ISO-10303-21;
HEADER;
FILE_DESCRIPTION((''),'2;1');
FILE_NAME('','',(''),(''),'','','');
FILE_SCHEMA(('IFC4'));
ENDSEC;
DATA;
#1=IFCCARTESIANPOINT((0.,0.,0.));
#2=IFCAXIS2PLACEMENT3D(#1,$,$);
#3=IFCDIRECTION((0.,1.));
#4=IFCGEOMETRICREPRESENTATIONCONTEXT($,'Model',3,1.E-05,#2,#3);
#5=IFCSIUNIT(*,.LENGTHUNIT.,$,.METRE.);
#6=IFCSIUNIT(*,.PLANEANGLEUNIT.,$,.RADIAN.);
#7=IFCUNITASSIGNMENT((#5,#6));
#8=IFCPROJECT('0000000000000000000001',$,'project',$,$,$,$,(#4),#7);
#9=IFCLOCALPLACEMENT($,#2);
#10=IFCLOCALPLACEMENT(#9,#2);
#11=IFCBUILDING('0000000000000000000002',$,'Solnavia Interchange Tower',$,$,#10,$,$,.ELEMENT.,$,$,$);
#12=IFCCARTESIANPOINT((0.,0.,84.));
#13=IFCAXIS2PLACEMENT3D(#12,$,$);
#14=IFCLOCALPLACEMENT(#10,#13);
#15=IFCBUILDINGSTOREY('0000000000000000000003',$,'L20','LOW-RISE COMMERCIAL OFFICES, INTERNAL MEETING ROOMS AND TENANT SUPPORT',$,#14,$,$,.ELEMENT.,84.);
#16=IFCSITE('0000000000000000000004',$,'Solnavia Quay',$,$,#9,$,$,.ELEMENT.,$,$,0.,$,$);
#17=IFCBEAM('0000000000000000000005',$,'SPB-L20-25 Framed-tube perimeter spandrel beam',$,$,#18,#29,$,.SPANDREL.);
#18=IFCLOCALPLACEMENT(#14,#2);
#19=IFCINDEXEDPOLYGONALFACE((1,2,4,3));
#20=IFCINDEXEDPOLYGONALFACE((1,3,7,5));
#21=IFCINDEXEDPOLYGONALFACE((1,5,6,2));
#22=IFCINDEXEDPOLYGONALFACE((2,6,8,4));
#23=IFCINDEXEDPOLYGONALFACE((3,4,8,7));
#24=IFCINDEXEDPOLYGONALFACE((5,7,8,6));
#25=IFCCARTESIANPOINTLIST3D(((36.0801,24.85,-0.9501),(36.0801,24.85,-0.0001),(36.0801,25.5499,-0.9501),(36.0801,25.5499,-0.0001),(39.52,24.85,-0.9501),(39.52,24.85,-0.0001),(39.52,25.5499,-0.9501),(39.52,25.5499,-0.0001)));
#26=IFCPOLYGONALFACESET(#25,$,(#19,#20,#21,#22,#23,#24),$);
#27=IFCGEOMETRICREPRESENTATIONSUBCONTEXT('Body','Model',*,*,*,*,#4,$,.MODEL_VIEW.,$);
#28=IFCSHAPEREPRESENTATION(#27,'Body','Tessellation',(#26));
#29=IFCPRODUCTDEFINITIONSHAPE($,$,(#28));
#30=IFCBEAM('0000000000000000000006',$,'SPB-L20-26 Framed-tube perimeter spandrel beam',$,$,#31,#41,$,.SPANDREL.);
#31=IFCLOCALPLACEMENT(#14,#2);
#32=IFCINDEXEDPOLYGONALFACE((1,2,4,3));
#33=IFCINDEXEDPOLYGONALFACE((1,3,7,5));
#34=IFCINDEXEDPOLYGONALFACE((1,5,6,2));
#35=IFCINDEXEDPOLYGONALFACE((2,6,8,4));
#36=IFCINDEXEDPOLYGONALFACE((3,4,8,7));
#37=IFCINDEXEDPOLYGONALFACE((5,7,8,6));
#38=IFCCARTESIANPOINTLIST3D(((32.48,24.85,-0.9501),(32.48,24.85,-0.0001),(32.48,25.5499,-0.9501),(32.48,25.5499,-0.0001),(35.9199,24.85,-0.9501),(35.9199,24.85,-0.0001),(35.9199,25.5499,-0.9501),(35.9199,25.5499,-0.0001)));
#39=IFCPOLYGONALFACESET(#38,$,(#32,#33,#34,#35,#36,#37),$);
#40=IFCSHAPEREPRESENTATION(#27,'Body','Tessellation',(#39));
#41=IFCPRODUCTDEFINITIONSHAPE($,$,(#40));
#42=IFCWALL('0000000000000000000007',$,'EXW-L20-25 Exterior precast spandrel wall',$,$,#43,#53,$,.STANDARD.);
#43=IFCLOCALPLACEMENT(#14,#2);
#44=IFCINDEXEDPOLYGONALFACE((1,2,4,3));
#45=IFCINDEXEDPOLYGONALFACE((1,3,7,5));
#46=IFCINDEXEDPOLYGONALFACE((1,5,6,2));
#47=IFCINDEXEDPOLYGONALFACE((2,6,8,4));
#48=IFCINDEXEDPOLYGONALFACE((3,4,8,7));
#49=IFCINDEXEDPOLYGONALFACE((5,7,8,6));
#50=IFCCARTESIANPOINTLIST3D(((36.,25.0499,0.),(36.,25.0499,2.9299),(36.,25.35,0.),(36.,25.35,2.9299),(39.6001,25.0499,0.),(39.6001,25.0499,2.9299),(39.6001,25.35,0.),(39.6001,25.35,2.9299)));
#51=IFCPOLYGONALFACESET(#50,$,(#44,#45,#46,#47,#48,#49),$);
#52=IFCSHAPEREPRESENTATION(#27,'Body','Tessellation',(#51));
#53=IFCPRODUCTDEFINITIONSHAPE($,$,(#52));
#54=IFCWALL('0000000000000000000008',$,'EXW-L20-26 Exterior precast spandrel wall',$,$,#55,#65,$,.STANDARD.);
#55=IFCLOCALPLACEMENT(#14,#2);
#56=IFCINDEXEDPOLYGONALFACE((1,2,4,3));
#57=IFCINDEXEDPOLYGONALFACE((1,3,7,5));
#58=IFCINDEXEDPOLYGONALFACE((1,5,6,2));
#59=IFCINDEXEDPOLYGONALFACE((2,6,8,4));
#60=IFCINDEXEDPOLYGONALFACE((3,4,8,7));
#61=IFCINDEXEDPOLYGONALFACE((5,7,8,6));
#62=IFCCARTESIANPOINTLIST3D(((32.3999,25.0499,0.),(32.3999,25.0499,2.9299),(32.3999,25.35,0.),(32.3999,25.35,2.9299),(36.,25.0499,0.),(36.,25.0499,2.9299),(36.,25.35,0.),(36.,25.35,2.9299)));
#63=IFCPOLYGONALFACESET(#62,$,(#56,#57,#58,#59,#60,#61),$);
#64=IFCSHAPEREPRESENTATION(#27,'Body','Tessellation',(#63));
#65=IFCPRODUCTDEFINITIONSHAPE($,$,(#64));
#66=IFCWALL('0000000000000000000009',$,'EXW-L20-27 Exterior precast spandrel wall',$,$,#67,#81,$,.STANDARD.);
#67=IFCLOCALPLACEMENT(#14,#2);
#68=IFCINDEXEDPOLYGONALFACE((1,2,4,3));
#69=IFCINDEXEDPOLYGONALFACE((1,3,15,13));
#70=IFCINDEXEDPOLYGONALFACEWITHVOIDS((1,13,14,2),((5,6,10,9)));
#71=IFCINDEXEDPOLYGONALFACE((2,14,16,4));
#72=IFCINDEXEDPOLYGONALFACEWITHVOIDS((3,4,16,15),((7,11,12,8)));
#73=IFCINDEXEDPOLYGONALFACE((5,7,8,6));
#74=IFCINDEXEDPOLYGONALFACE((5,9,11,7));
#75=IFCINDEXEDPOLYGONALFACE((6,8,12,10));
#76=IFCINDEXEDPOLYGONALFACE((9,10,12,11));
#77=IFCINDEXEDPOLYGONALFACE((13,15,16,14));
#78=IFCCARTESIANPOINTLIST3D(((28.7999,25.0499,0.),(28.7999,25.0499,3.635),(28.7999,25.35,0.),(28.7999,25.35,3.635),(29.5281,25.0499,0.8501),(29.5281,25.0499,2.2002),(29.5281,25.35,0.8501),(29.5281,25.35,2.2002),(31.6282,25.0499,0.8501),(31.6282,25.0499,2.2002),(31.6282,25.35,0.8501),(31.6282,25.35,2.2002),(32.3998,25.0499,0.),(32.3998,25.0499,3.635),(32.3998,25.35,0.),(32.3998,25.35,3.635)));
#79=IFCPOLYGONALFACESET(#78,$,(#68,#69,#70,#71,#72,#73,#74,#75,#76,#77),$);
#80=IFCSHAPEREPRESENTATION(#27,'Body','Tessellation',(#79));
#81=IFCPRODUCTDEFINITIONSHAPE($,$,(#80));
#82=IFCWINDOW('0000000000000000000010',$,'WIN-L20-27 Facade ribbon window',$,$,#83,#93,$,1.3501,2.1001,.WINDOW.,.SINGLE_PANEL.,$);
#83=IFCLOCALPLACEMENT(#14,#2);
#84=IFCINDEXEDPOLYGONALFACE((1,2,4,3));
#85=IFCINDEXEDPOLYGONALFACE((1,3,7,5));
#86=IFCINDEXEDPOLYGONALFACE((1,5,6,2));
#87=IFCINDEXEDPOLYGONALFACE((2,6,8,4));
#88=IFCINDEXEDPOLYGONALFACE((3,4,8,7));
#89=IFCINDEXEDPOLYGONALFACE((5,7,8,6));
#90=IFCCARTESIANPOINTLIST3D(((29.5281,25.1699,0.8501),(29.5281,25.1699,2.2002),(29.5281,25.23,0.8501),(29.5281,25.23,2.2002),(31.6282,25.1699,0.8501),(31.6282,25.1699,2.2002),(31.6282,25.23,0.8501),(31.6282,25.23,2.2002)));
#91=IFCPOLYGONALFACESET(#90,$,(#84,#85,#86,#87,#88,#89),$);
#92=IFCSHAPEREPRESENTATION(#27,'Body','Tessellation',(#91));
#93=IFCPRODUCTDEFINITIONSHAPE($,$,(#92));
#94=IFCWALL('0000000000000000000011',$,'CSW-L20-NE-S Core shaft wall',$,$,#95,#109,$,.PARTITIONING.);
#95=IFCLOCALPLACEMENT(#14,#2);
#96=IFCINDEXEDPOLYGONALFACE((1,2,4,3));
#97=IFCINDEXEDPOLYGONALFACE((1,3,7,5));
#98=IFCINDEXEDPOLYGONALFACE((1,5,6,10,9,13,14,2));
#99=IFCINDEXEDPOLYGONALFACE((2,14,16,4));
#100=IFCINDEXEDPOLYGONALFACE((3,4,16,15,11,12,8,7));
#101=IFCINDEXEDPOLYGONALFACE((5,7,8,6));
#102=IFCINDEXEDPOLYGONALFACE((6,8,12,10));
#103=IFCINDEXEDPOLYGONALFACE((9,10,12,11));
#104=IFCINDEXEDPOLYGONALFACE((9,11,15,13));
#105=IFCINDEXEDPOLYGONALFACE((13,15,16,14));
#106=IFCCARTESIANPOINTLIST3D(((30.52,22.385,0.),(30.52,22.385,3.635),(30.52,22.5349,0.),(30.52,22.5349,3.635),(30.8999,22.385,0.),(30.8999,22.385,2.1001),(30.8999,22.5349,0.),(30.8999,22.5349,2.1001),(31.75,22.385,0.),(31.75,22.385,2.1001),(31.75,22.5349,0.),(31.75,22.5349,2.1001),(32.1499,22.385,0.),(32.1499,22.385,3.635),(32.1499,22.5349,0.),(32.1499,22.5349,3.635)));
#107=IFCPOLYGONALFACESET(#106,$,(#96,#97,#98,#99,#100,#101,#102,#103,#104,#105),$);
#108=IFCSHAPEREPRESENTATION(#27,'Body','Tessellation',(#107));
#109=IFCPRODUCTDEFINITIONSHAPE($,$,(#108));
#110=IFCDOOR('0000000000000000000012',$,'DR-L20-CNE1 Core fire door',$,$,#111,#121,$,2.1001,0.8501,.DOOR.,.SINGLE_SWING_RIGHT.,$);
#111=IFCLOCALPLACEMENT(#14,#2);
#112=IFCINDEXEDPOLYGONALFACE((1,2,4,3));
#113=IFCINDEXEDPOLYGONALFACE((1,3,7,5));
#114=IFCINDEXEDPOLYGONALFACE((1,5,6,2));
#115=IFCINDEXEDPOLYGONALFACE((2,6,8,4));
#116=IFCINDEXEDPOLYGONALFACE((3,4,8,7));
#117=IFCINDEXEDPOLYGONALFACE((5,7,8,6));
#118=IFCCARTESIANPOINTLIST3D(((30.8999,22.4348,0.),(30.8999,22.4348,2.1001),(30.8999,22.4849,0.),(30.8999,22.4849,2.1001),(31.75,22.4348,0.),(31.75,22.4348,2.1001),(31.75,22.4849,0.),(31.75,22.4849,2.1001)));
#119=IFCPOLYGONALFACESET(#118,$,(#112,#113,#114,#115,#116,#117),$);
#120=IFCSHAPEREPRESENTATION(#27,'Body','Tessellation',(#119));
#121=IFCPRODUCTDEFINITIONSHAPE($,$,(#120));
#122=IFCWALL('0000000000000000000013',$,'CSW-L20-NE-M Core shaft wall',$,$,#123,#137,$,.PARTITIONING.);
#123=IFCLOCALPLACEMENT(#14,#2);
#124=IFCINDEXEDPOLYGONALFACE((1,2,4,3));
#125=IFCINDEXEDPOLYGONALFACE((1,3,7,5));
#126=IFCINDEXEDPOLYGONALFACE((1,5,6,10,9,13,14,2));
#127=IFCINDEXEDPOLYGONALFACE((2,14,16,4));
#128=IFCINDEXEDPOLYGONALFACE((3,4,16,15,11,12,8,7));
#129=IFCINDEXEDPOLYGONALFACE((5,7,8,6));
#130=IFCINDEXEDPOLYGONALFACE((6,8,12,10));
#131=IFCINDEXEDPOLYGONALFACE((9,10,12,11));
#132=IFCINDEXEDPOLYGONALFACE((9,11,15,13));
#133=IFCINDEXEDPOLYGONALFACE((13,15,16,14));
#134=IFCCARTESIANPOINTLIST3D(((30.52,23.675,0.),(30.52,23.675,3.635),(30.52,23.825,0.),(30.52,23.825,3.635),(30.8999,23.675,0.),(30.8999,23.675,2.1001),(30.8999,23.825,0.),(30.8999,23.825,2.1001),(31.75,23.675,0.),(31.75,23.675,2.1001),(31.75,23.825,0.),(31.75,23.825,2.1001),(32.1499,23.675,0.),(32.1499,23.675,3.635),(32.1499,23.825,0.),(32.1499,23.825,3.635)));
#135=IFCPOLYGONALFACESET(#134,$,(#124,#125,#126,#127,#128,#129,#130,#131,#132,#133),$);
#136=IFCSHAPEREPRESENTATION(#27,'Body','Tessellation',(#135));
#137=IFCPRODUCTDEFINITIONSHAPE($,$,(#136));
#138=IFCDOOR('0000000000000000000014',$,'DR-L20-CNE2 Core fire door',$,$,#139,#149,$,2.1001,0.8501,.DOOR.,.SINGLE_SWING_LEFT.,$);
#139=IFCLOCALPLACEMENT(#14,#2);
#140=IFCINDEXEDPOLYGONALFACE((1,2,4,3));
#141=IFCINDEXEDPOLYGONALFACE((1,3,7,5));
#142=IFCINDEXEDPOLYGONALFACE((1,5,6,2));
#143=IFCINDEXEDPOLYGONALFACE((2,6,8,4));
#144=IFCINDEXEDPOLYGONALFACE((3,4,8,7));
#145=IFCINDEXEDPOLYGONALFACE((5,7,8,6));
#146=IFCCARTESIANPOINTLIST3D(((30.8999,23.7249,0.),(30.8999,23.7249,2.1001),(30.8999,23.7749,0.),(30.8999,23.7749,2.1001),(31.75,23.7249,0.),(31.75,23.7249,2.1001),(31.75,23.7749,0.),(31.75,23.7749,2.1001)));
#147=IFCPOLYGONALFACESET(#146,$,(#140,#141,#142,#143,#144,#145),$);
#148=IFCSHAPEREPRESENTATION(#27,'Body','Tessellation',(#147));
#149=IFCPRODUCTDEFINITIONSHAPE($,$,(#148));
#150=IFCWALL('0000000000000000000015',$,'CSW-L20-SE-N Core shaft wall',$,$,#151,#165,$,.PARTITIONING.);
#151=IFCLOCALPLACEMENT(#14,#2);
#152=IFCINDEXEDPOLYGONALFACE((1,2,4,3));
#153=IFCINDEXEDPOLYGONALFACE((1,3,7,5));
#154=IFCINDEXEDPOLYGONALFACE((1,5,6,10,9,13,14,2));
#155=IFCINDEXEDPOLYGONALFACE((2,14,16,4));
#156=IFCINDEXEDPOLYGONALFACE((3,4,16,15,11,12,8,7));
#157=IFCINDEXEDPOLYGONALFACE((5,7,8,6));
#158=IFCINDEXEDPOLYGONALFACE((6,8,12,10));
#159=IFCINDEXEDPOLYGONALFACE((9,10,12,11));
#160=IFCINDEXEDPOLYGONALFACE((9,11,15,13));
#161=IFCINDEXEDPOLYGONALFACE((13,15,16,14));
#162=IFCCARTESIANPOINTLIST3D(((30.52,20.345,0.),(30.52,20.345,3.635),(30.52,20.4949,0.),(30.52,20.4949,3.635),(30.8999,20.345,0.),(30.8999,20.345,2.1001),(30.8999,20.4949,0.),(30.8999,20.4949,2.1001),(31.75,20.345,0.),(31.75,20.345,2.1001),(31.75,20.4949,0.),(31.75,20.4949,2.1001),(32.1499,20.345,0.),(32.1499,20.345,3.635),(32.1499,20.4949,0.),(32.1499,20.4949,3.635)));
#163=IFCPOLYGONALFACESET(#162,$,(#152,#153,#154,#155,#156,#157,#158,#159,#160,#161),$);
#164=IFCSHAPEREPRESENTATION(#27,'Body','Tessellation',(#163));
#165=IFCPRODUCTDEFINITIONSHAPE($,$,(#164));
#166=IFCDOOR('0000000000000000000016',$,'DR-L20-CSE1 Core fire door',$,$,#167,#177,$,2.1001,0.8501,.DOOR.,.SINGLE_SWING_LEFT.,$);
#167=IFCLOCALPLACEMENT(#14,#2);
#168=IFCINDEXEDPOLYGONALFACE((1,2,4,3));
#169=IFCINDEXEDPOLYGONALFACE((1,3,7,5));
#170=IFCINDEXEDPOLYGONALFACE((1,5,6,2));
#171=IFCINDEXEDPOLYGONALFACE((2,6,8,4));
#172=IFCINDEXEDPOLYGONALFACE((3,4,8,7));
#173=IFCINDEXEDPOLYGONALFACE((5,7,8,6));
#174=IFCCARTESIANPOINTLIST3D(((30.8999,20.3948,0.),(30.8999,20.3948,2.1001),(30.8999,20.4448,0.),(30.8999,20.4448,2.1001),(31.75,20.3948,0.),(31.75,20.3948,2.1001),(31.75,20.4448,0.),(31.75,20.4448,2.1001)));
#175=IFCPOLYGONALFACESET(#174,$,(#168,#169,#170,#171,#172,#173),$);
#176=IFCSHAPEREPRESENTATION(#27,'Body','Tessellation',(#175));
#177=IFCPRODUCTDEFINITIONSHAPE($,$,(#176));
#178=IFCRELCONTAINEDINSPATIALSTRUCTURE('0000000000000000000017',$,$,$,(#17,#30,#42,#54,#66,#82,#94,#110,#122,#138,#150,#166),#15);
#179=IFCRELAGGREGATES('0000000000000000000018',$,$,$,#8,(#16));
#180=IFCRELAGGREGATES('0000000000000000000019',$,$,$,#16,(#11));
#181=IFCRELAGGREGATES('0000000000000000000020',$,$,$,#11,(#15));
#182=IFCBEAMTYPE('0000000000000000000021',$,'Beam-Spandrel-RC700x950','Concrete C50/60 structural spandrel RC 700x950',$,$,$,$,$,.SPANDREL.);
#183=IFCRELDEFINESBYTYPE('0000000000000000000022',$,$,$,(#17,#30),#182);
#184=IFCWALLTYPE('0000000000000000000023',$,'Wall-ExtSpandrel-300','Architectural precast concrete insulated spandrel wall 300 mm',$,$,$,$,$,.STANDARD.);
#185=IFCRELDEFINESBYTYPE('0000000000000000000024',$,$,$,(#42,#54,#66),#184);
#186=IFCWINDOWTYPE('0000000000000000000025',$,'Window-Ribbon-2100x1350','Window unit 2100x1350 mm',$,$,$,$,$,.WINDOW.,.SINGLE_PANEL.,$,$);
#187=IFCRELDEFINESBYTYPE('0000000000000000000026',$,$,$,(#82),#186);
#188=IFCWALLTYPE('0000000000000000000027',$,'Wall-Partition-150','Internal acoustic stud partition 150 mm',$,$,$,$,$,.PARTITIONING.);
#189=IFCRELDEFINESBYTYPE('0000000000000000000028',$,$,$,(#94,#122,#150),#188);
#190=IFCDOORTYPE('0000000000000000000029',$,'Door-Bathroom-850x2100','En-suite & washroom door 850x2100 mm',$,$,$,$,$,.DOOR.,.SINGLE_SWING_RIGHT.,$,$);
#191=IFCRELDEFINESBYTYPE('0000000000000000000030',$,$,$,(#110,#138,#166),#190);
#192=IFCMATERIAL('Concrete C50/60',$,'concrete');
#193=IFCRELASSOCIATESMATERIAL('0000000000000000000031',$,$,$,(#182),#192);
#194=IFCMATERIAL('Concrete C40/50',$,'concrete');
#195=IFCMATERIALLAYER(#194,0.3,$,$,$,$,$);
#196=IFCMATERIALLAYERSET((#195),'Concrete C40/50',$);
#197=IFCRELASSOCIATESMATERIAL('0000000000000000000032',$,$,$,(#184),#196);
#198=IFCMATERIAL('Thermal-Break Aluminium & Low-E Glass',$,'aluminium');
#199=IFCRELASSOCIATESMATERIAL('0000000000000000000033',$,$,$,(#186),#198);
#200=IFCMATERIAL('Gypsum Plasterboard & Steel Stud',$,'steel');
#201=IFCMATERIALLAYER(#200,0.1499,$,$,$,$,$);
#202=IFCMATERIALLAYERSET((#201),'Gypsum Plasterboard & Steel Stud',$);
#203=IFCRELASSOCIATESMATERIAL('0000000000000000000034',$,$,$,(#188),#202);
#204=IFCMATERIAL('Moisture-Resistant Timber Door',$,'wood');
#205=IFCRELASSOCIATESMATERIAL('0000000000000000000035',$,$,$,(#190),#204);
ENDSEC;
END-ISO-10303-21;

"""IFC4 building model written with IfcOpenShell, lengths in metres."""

from ifc_helpers import new_model, si_unit, direction, frame, frame_2d, origin, origin_2d, place, context, subcontext, project, spatial, rectangle, extrude, material, layer, layer_set, material_profile, profile_set, type_object, element, fill, save


model = new_model("IFC4")

# Units and contexts
model_context = context("Model", 3, precision=1e-05, world=origin(), true_north=direction((0.0, 1.0)))
body_context = subcontext(model_context, "Body", "Model", "MODEL_VIEW")
ifc_project = project(units=[si_unit("LENGTHUNIT", "METRE"), si_unit("PLANEANGLEUNIT", "RADIAN")], contexts=[model_context])

# Site, building, storey
site_placement = place(None, origin())
site = spatial("IfcSite", under=ifc_project, at=site_placement, Name="Solnavia Quay", CompositionType="ELEMENT", RefElevation=0.0)
building_placement = place(site_placement, origin())
building = spatial("IfcBuilding", under=site, at=building_placement, Name="Solnavia Interchange Tower", CompositionType="ELEMENT")
storey_placement = place(building_placement, frame((0.0, 0.0, 84.0)))
storey = spatial("IfcBuildingStorey", under=building, at=storey_placement, Name="L20", Description="LOW-RISE COMMERCIAL OFFICES, INTERNAL MEETING ROOMS AND TENANT SUPPORT", CompositionType="ELEMENT", Elevation=84.0)

# Shared definitions
ifc_material_1 = material(Name="Concrete C50/60", Category="concrete")

# Beams
ifc_material_profile_1 = material_profile(ifc_material_1, rectangle(XDim=0.7, YDim=0.95, at=origin_2d()), Name="RC 700x950")
ifc_profile_set_1 = profile_set([ifc_material_profile_1], Name="Concrete C50/60")
beam_type_1 = type_object("IfcBeamType", Name="Beam-Spandrel-RC700x950", Description="Concrete C50/60 structural spandrel RC 700x950", PredefinedType="SPANDREL", material=ifc_profile_set_1)
for number, where, z_axis, x_axis, name in (
    (1, (39.52, 25.2, -0.4751), (-1.0, 0.0, 0.0), (0.0, -1.0, 0.0), "SPB-L20-25 Framed-tube perimeter spandrel beam"),
    (2, (35.9199, 25.2, -0.4751), (-1.0, 0.0, 0.0), (0.0, -1.0, 0.0), "SPB-L20-26 Framed-tube perimeter spandrel beam"),
):
    element("IfcBeam", number, at=place(storey_placement, frame(where, z_axis=z_axis, x_axis=x_axis)), inside=storey, type_object=beam_type_1, Name=name, PredefinedType="SPANDREL", context=body_context, shape_type="SweptSolid", body=[
        extrude(rectangle(XDim=0.7, YDim=0.95, at=origin_2d()), origin(), (0.0, 0.0, 1.0), 3.4399),
    ])

# Walls
ifc_material_2 = material(Name="Concrete C40/50", Category="concrete")
ifc_layer_1 = layer(ifc_material_2, 0.3)
ifc_layer_set_1 = layer_set([ifc_layer_1], Name="Concrete C40/50")
wall_type_1 = type_object("IfcWallType", Name="Wall-ExtSpandrel-300", Description="Architectural precast concrete insulated spandrel wall 300 mm", PredefinedType="STANDARD", material=ifc_layer_set_1)
for number, where, z_axis, x_axis, name in (
    (3, (36.0, 25.2, 0.0), (0.0, 0.0, 1.0), (1.0, 0.0, 0.0), "EXW-L20-25 Exterior precast spandrel wall"),
    (4, (32.3999, 25.2, 0.0), (0.0, 0.0, 1.0), (1.0, 0.0, 0.0), "EXW-L20-26 Exterior precast spandrel wall"),
):
    element("IfcWall", number, at=place(storey_placement, frame(where, z_axis=z_axis, x_axis=x_axis)), inside=storey, type_object=wall_type_1, Name=name, PredefinedType="STANDARD", context=body_context, shape_type="SweptSolid", body=[
        extrude(rectangle(XDim=3.6001, YDim=0.3, at=frame_2d((1.8, 0.0))), origin(), (0.0, 0.0, 1.0), 2.9299),
    ])

# Wall, opening, window
wall_1_placement = place(storey_placement, frame((28.8, 25.2, 0.0), z_axis=(0.0, 0.0, 1.0), x_axis=(1.0, 0.0, 0.0)))
wall_1 = element("IfcWall", 5, at=wall_1_placement, inside=storey, type_object=wall_type_1, Name="EXW-L20-27 Exterior precast spandrel wall", PredefinedType="STANDARD", context=body_context, shape_type="SweptSolid", body=[
    extrude(rectangle(XDim=3.5999, YDim=0.3, at=frame_2d((1.7998, 0.0))), origin(), (0.0, 0.0, 1.0), 3.635),
])
opening_1_placement = place(wall_1_placement, frame((0.728, 0.0, 0.8501)))
opening_1 = element("IfcOpeningElement", 6, at=opening_1_placement, cuts=wall_1, PredefinedType="OPENING", context=body_context, shape_type="SweptSolid", body=[
    extrude(rectangle(XDim=2.1001, YDim=1.3501, at=frame_2d((1.05, 0.675))), frame((0.0, 0.1602, 0.0), z_axis=(0.0, -1.0, 0.0), x_axis=(1.0, 0.0, 0.0)), (0.0, 0.0, 1.0), 0.3201),
])
ifc_material_3 = material(Name="Thermal-Break Aluminium & Low-E Glass", Category="aluminium")
window_type = type_object("IfcWindowType", Name="Window-Ribbon-2100x1350", Description="Window unit 2100x1350 mm", PartitioningType="SINGLE_PANEL", PredefinedType="WINDOW", material=ifc_material_3)
window_placement = place(opening_1_placement, origin())
window = element("IfcWindow", 7, at=window_placement, inside=storey, type_object=window_type, Name="WIN-L20-27 Facade ribbon window", OverallHeight=1.3501, OverallWidth=2.1001, PartitioningType="SINGLE_PANEL", PredefinedType="WINDOW", context=body_context, shape_type="SweptSolid", body=[
    extrude(rectangle(XDim=2.1001, YDim=1.3501, at=frame_2d((1.05, 0.675))), frame((0.0, 0.03, 0.0), z_axis=(0.0, -1.0, 0.0), x_axis=(1.0, 0.0, 0.0)), (0.0, 0.0, 1.0), 0.0601),
])
fill(opening_1, window)

# Walls, openings, doors
ifc_material_4 = material(Name="Gypsum Plasterboard & Steel Stud", Category="steel")
ifc_layer_2 = layer(ifc_material_4, 0.1499)
ifc_layer_set_2 = layer_set([ifc_layer_2], Name="Gypsum Plasterboard & Steel Stud")
wall_type_2 = type_object("IfcWallType", Name="Wall-Partition-150", Description="Internal acoustic stud partition 150 mm", PredefinedType="PARTITIONING", material=ifc_layer_set_2)
wall_2_placement = place(storey_placement, frame((30.52, 22.46, 0.0), z_axis=(0.0, 0.0, 1.0), x_axis=(1.0, 0.0, 0.0)))
wall_2 = element("IfcWall", 8, at=wall_2_placement, inside=storey, type_object=wall_type_2, Name="CSW-L20-NE-S Core shaft wall", PredefinedType="PARTITIONING", context=body_context, shape_type="SweptSolid", body=[
    extrude(rectangle(XDim=1.6299, YDim=0.1499, at=frame_2d((0.8149, 0.0))), origin(), (0.0, 0.0, 1.0), 3.635),
])
opening_2_placement = place(wall_2_placement, frame((0.3799, 0.0, 0.0)))
opening_2 = element("IfcOpeningElement", 9, at=opening_2_placement, cuts=wall_2, PredefinedType="OPENING", context=body_context, shape_type="SweptSolid", body=[
    extrude(rectangle(XDim=0.8501, YDim=2.1001, at=frame_2d((0.425, 1.05))), frame((0.0, 0.085, 0.0), z_axis=(0.0, -1.0, 0.0), x_axis=(1.0, 0.0, 0.0)), (0.0, 0.0, 1.0), 0.1699),
])
ifc_material_5 = material(Name="Moisture-Resistant Timber Door", Category="wood")
door_type_1 = type_object("IfcDoorType", Name="Door-Bathroom-850x2100", Description="En-suite & washroom door 850x2100 mm", OperationType="SINGLE_SWING_RIGHT", PredefinedType="DOOR", material=ifc_material_5)
door_1_placement = place(opening_2_placement, origin())
door_1 = element("IfcDoor", 10, at=door_1_placement, inside=storey, type_object=door_type_1, Name="DR-L20-CNE1 Core fire door", OperationType="SINGLE_SWING_RIGHT", OverallHeight=2.1001, OverallWidth=0.8501, PredefinedType="DOOR", context=body_context, shape_type="SweptSolid", body=[
    extrude(rectangle(XDim=0.8501, YDim=2.1001, at=frame_2d((0.425, 1.05))), frame((0.0, 0.0249, 0.0), z_axis=(0.0, -1.0, 0.0), x_axis=(1.0, 0.0, 0.0)), (0.0, 0.0, 1.0), 0.05),
])
fill(opening_2, door_1)
wall_3_placement = place(storey_placement, frame((30.52, 23.75, 0.0), z_axis=(0.0, 0.0, 1.0), x_axis=(1.0, 0.0, 0.0)))
wall_3 = element("IfcWall", 11, at=wall_3_placement, inside=storey, type_object=wall_type_2, Name="CSW-L20-NE-M Core shaft wall", PredefinedType="PARTITIONING", context=body_context, shape_type="SweptSolid", body=[
    extrude(rectangle(XDim=1.6299, YDim=0.1499, at=frame_2d((0.8149, 0.0))), origin(), (0.0, 0.0, 1.0), 3.635),
])
opening_3_placement = place(wall_3_placement, frame((0.3799, 0.0, 0.0)))
opening_3 = element("IfcOpeningElement", 12, at=opening_3_placement, cuts=wall_3, PredefinedType="OPENING", context=body_context, shape_type="SweptSolid", body=[
    extrude(rectangle(XDim=0.8501, YDim=2.1001, at=frame_2d((0.425, 1.05))), frame((0.0, 0.085, 0.0), z_axis=(0.0, -1.0, 0.0), x_axis=(1.0, 0.0, 0.0)), (0.0, 0.0, 1.0), 0.1699),
])
door_2_placement = place(opening_3_placement, origin())
door_2 = element("IfcDoor", 13, at=door_2_placement, inside=storey, type_object=door_type_1, Name="DR-L20-CNE2 Core fire door", OperationType="SINGLE_SWING_LEFT", OverallHeight=2.1001, OverallWidth=0.8501, PredefinedType="DOOR", context=body_context, shape_type="SweptSolid", body=[
    extrude(rectangle(XDim=0.8501, YDim=2.1001, at=frame_2d((0.425, 1.05))), frame((0.0, 0.0249, 0.0), z_axis=(0.0, -1.0, 0.0), x_axis=(1.0, 0.0, 0.0)), (0.0, 0.0, 1.0), 0.05),
])
fill(opening_3, door_2)
wall_4_placement = place(storey_placement, frame((30.52, 20.4199, 0.0), z_axis=(0.0, 0.0, 1.0), x_axis=(1.0, 0.0, 0.0)))
wall_4 = element("IfcWall", 14, at=wall_4_placement, inside=storey, type_object=wall_type_2, Name="CSW-L20-SE-N Core shaft wall", PredefinedType="PARTITIONING", context=body_context, shape_type="SweptSolid", body=[
    extrude(rectangle(XDim=1.6299, YDim=0.1499, at=frame_2d((0.8149, 0.0))), origin(), (0.0, 0.0, 1.0), 3.635),
])
opening_4_placement = place(wall_4_placement, frame((0.3799, 0.0, 0.0)))
opening_4 = element("IfcOpeningElement", 15, at=opening_4_placement, cuts=wall_4, PredefinedType="OPENING", context=body_context, shape_type="SweptSolid", body=[
    extrude(rectangle(XDim=0.8501, YDim=2.1001, at=frame_2d((0.425, 1.05))), frame((0.0, 0.085, 0.0), z_axis=(0.0, -1.0, 0.0), x_axis=(1.0, 0.0, 0.0)), (0.0, 0.0, 1.0), 0.1699),
])
door_3_placement = place(opening_4_placement, origin())
door_3 = element("IfcDoor", 16, at=door_3_placement, inside=storey, type_object=door_type_1, Name="DR-L20-CSE1 Core fire door", OperationType="SINGLE_SWING_LEFT", OverallHeight=2.1001, OverallWidth=0.8501, PredefinedType="DOOR", context=body_context, shape_type="SweptSolid", body=[
    extrude(rectangle(XDim=0.8501, YDim=2.1001, at=frame_2d((0.425, 1.05))), frame((0.0, 0.0249, 0.0), z_axis=(0.0, -1.0, 0.0), x_axis=(1.0, 0.0, 0.0)), (0.0, 0.0, 1.0), 0.05),
])
fill(opening_4, door_3)

save(model, "model.ifc")
